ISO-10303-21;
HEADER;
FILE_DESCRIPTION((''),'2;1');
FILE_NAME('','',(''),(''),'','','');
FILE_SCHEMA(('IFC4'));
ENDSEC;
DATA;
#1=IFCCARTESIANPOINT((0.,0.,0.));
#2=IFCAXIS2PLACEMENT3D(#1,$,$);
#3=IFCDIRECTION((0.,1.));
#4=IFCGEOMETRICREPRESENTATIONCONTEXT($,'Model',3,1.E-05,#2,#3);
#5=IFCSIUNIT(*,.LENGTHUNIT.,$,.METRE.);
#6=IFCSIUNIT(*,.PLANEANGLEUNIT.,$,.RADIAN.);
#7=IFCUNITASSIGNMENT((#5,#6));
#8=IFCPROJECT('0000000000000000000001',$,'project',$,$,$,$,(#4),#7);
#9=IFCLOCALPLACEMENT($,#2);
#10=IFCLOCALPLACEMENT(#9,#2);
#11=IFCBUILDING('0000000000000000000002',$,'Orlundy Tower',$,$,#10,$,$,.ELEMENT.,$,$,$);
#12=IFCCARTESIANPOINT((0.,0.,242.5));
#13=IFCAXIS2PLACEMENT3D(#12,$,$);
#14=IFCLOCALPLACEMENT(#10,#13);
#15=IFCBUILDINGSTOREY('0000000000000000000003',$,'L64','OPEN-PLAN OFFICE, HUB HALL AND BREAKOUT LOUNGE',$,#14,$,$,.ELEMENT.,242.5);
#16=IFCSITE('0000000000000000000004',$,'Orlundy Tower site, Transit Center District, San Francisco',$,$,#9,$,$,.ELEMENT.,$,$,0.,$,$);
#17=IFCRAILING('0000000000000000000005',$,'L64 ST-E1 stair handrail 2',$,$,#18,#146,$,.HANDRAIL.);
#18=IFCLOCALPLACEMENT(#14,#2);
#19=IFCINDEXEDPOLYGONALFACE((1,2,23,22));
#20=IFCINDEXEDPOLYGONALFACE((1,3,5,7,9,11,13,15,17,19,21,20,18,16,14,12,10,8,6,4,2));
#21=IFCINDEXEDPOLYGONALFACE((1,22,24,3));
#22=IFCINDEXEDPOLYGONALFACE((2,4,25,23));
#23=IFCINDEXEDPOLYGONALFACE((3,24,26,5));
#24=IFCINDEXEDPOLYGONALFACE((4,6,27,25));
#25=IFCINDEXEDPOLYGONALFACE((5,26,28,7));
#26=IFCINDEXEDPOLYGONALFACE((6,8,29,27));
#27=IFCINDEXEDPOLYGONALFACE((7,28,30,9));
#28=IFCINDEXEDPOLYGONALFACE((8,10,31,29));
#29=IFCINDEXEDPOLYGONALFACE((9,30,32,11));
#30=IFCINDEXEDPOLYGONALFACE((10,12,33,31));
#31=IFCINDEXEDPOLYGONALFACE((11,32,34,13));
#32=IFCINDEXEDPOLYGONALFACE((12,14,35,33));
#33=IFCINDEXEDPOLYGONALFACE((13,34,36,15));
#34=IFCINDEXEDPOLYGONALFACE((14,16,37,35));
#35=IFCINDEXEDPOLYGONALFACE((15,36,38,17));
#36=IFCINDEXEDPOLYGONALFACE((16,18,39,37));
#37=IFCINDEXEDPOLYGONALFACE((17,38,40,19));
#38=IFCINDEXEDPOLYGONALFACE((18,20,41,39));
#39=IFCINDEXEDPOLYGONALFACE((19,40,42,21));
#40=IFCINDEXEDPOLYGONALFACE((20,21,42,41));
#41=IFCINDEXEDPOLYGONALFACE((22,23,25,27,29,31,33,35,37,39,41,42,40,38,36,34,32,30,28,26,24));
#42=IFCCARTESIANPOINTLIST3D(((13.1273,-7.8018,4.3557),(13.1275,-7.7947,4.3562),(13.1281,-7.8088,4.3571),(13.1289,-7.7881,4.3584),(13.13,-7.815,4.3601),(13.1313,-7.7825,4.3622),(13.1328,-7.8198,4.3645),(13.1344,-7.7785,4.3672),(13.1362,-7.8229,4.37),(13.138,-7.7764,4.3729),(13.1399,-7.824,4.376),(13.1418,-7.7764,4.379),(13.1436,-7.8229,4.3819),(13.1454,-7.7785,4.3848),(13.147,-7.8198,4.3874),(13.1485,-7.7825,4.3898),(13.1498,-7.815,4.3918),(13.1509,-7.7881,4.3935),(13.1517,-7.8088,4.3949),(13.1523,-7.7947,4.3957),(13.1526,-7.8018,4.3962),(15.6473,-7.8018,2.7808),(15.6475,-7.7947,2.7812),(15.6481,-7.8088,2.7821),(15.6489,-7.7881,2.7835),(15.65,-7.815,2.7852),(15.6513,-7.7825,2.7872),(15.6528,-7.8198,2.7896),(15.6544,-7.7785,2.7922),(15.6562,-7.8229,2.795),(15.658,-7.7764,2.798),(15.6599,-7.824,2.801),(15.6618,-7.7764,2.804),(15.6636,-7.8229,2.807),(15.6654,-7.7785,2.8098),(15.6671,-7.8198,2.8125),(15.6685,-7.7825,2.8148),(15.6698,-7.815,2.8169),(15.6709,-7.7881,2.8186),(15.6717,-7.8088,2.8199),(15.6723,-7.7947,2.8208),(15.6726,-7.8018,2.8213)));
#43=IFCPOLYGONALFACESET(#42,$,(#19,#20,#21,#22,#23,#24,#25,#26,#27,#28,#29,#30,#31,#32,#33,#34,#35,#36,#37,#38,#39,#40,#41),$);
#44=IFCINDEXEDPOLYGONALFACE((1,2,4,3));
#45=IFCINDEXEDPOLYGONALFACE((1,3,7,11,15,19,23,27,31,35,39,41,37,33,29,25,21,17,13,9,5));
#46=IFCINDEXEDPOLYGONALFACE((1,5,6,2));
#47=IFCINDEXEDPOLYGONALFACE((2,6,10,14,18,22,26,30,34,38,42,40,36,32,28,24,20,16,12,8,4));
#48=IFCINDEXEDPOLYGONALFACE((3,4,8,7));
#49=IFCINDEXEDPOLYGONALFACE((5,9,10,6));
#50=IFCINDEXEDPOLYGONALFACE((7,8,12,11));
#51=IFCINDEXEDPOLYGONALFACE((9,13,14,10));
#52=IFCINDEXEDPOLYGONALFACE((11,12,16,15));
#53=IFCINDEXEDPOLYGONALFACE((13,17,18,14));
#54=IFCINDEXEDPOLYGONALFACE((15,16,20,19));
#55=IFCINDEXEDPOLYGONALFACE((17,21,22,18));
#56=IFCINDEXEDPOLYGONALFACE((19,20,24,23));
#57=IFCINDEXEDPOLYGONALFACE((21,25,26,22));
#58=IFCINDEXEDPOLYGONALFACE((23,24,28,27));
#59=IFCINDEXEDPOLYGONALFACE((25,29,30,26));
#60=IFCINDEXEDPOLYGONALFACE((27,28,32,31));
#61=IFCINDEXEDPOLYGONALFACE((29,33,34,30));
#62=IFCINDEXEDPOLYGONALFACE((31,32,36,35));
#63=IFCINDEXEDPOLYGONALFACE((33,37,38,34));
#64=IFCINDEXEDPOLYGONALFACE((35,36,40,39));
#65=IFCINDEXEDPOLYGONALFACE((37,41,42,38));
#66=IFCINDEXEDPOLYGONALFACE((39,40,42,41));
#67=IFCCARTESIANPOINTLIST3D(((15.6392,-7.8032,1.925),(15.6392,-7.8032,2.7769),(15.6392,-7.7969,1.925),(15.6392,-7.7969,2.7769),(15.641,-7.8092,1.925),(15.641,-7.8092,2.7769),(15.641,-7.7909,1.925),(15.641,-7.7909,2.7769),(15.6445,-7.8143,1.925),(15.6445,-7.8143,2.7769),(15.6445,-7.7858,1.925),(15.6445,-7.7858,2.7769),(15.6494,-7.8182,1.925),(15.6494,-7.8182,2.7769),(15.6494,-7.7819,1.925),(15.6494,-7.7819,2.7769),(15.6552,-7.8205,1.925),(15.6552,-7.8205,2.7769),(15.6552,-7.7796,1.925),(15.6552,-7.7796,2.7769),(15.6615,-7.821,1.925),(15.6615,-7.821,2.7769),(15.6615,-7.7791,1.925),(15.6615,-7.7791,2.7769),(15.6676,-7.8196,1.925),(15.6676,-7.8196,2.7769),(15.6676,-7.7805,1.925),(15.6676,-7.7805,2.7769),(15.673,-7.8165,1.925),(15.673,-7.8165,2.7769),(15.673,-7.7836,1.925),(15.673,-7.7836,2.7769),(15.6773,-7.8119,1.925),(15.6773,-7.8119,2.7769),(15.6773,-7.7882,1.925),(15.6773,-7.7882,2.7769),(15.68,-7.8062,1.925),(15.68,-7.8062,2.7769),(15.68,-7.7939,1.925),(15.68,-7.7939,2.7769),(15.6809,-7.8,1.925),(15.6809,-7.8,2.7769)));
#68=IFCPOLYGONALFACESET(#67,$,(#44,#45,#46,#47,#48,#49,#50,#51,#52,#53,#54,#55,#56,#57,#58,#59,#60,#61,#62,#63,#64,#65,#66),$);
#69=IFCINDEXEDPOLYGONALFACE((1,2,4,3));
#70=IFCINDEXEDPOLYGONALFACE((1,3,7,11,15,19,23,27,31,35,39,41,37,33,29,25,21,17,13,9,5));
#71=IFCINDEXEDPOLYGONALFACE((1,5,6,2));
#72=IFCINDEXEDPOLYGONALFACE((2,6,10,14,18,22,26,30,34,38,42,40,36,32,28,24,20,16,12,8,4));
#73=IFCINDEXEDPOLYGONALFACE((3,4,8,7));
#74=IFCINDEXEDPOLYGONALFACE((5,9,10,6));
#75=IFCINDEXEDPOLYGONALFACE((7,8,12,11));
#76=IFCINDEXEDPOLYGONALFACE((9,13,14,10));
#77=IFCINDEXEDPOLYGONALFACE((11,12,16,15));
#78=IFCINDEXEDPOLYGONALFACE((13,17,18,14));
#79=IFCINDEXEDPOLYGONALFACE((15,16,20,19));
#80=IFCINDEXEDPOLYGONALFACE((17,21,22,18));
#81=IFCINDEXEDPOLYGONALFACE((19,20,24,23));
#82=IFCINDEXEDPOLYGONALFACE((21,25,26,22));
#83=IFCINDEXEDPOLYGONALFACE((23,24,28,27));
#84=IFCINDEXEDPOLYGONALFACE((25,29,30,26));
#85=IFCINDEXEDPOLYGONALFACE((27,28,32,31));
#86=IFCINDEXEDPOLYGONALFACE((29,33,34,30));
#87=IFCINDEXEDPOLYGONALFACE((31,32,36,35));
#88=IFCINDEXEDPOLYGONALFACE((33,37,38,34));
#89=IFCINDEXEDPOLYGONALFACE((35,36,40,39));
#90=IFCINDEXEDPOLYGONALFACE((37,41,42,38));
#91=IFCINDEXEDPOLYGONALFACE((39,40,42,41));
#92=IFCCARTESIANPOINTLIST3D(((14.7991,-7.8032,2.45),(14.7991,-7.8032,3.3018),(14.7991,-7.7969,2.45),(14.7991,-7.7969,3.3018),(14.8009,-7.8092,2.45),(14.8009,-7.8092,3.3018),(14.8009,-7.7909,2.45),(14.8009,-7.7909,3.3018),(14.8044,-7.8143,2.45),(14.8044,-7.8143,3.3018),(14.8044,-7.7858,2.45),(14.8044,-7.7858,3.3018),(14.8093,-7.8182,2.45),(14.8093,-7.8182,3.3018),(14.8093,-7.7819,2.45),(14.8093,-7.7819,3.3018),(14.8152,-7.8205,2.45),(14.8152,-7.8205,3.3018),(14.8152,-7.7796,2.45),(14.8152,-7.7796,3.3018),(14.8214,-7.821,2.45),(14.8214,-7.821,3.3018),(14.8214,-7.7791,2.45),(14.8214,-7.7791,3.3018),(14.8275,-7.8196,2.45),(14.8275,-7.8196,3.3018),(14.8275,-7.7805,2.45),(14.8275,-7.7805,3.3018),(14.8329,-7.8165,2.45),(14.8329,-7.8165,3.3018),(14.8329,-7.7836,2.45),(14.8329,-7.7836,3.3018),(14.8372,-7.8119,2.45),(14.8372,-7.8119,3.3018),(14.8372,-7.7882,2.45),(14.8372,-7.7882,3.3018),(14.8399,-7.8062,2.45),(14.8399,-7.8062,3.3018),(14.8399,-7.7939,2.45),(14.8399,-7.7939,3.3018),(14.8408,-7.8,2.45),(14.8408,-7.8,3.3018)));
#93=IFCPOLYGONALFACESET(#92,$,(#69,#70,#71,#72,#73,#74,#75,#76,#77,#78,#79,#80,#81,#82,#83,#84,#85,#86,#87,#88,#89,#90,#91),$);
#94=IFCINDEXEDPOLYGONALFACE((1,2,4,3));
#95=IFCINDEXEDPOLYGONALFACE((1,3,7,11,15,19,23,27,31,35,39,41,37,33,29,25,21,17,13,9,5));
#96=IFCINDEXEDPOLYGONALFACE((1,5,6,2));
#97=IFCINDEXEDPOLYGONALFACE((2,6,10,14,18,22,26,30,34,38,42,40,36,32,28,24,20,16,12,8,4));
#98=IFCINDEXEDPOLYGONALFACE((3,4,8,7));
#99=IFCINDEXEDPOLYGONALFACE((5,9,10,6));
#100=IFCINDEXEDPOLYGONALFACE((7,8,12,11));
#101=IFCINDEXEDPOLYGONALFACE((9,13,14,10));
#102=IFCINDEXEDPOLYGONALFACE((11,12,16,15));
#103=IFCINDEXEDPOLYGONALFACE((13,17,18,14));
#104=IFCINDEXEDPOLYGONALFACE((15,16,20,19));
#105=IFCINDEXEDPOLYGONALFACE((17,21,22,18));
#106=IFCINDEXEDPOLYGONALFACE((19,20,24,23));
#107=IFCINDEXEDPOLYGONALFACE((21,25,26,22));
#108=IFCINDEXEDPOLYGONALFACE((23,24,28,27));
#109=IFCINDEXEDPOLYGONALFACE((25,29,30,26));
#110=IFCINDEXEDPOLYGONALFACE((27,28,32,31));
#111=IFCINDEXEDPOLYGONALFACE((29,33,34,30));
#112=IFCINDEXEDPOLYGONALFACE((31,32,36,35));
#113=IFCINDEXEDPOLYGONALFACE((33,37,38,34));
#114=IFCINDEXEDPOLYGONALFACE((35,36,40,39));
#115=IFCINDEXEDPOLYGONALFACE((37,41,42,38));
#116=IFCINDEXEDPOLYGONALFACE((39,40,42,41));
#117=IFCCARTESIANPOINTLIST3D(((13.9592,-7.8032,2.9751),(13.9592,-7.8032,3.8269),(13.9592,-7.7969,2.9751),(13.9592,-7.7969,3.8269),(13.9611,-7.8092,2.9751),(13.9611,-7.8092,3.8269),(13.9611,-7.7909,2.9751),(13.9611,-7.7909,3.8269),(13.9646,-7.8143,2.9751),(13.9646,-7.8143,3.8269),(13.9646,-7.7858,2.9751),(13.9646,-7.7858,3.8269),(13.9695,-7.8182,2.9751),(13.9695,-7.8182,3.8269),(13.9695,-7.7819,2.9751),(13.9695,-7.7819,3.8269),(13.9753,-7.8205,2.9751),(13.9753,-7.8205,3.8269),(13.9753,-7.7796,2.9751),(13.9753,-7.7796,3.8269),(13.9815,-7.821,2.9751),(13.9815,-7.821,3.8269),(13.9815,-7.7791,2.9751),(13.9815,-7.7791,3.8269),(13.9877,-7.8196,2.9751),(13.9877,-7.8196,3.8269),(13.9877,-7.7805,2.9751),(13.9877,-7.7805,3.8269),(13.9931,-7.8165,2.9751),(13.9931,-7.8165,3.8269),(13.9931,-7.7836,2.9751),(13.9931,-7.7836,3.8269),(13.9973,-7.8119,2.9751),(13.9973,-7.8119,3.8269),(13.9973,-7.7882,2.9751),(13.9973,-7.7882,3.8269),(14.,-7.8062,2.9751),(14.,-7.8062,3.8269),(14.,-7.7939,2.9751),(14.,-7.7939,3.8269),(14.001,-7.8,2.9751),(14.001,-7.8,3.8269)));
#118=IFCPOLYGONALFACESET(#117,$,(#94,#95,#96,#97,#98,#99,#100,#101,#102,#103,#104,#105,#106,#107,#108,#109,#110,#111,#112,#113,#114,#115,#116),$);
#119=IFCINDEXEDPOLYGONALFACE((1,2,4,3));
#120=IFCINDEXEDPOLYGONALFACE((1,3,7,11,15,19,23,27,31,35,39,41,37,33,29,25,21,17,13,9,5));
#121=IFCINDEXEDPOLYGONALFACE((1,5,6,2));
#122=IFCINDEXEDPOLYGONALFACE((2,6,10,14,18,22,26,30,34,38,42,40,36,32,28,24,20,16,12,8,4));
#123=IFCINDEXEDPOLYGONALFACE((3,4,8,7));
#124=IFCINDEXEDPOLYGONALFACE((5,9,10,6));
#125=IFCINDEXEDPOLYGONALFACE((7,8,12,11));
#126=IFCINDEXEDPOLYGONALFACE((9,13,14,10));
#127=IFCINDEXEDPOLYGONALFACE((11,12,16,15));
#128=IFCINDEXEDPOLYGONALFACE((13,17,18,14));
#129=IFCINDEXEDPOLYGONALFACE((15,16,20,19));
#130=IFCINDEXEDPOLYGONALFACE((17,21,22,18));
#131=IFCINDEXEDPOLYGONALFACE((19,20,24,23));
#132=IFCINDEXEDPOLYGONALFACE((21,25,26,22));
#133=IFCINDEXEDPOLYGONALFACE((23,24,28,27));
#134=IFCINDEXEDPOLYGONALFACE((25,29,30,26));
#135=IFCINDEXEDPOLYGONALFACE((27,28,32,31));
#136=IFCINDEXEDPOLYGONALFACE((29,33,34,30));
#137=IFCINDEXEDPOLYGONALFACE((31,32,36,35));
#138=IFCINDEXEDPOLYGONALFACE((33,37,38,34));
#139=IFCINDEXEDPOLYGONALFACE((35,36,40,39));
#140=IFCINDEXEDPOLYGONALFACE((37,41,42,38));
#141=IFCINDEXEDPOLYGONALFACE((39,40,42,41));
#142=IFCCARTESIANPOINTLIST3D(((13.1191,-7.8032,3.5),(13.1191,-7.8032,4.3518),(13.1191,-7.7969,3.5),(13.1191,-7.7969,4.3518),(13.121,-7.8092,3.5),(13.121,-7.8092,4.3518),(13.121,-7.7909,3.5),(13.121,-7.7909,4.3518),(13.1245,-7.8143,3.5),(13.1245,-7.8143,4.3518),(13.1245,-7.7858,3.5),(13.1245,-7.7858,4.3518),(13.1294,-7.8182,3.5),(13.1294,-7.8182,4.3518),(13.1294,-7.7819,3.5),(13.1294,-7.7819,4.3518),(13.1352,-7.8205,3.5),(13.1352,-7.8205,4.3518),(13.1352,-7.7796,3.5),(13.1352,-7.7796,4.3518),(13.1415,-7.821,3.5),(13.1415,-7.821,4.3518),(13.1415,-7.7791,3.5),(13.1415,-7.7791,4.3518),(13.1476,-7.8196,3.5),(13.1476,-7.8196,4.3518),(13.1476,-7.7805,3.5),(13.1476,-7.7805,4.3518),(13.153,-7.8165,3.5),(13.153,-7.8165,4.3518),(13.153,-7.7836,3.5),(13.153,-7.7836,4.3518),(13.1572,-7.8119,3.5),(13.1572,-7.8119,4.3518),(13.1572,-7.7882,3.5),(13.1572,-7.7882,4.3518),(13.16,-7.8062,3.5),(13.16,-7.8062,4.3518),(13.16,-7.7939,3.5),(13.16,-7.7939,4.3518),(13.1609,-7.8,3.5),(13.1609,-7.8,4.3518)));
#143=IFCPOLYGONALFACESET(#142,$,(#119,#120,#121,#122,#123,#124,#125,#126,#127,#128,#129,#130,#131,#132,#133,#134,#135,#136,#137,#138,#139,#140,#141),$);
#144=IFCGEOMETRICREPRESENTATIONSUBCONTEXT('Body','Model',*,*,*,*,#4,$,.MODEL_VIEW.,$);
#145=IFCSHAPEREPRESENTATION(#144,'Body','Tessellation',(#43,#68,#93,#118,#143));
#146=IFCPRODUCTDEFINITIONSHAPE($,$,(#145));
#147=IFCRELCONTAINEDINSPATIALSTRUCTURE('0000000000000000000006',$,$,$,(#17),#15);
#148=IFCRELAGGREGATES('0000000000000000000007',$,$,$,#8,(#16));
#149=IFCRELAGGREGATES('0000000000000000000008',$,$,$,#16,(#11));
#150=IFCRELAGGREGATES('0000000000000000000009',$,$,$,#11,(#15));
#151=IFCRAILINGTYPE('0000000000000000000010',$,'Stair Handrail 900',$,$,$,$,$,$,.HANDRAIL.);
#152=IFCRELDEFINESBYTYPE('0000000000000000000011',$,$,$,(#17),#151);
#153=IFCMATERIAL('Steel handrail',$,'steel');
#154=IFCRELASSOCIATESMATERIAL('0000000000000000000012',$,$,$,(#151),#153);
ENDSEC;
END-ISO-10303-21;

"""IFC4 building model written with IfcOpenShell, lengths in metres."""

from ifc_helpers import new_model, si_unit, direction, frame, origin, origin_2d, place, context, subcontext, project, spatial, circle, extrude, material, type_object, element, save


model = new_model("IFC4")

# Units and contexts
model_context = context("Model", 3, precision=1e-05, world=origin(), true_north=direction((0.0, 1.0)))
body_context = subcontext(model_context, "Body", "Model", "MODEL_VIEW")
ifc_project = project(units=[si_unit("LENGTHUNIT", "METRE"), si_unit("PLANEANGLEUNIT", "RADIAN")], contexts=[model_context])

# Site, building, storey
site_placement = place(None, origin())
site = spatial("IfcSite", under=ifc_project, at=site_placement, Name="Orlundy Tower site, Transit Center District, San Francisco", CompositionType="ELEMENT", RefElevation=0.0)
building_placement = place(site_placement, origin())
building = spatial("IfcBuilding", under=site, at=building_placement, Name="Orlundy Tower", CompositionType="ELEMENT")
storey_placement = place(building_placement, frame((0.0, 0.0, 242.5)))
storey = spatial("IfcBuildingStorey", under=building, at=storey_placement, Name="L64", Description="OPEN-PLAN OFFICE, HUB HALL AND BREAKOUT LOUNGE", CompositionType="ELEMENT", Elevation=242.5)

# Railing
ifc_material_1 = material(Name="Steel handrail", Category="steel")
railing_type_1 = type_object("IfcRailingType", Name="Stair Handrail 900", PredefinedType="HANDRAIL", material=ifc_material_1)
railing_1_placement = place(storey_placement, frame((15.6599, -7.8, 1.925)))
element("IfcRailing", 1, at=railing_1_placement, inside=storey, type_object=railing_type_1, Name="L64 ST-E1 stair handrail 2", PredefinedType="HANDRAIL", context=body_context, shape_type="SweptSolid", body=[
    extrude(circle(Radius=0.0239, at=origin_2d()), frame((0.0, 0.0, 0.876), z_axis=(-0.848008, 0.0, 0.529984), x_axis=(0.0, -1.0, 0.0)), (0.0, 0.0, 1.0), 2.9717),
    extrude(circle(Radius=0.021, at=origin_2d()), origin(), (0.0, 0.0, 1.0), 0.8518),
    extrude(circle(Radius=0.021, at=origin_2d()), frame((-0.8401, 0.0, 0.5249)), (0.0, 0.0, 1.0), 0.8518),
    extrude(circle(Radius=0.021, at=origin_2d()), frame((-1.6799, 0.0, 1.05)), (0.0, 0.0, 1.0), 0.8518),
    extrude(circle(Radius=0.021, at=origin_2d()), frame((-2.52, 0.0, 1.575)), (0.0, 0.0, 1.0), 0.8518),
])

save(model, "model.ifc")
